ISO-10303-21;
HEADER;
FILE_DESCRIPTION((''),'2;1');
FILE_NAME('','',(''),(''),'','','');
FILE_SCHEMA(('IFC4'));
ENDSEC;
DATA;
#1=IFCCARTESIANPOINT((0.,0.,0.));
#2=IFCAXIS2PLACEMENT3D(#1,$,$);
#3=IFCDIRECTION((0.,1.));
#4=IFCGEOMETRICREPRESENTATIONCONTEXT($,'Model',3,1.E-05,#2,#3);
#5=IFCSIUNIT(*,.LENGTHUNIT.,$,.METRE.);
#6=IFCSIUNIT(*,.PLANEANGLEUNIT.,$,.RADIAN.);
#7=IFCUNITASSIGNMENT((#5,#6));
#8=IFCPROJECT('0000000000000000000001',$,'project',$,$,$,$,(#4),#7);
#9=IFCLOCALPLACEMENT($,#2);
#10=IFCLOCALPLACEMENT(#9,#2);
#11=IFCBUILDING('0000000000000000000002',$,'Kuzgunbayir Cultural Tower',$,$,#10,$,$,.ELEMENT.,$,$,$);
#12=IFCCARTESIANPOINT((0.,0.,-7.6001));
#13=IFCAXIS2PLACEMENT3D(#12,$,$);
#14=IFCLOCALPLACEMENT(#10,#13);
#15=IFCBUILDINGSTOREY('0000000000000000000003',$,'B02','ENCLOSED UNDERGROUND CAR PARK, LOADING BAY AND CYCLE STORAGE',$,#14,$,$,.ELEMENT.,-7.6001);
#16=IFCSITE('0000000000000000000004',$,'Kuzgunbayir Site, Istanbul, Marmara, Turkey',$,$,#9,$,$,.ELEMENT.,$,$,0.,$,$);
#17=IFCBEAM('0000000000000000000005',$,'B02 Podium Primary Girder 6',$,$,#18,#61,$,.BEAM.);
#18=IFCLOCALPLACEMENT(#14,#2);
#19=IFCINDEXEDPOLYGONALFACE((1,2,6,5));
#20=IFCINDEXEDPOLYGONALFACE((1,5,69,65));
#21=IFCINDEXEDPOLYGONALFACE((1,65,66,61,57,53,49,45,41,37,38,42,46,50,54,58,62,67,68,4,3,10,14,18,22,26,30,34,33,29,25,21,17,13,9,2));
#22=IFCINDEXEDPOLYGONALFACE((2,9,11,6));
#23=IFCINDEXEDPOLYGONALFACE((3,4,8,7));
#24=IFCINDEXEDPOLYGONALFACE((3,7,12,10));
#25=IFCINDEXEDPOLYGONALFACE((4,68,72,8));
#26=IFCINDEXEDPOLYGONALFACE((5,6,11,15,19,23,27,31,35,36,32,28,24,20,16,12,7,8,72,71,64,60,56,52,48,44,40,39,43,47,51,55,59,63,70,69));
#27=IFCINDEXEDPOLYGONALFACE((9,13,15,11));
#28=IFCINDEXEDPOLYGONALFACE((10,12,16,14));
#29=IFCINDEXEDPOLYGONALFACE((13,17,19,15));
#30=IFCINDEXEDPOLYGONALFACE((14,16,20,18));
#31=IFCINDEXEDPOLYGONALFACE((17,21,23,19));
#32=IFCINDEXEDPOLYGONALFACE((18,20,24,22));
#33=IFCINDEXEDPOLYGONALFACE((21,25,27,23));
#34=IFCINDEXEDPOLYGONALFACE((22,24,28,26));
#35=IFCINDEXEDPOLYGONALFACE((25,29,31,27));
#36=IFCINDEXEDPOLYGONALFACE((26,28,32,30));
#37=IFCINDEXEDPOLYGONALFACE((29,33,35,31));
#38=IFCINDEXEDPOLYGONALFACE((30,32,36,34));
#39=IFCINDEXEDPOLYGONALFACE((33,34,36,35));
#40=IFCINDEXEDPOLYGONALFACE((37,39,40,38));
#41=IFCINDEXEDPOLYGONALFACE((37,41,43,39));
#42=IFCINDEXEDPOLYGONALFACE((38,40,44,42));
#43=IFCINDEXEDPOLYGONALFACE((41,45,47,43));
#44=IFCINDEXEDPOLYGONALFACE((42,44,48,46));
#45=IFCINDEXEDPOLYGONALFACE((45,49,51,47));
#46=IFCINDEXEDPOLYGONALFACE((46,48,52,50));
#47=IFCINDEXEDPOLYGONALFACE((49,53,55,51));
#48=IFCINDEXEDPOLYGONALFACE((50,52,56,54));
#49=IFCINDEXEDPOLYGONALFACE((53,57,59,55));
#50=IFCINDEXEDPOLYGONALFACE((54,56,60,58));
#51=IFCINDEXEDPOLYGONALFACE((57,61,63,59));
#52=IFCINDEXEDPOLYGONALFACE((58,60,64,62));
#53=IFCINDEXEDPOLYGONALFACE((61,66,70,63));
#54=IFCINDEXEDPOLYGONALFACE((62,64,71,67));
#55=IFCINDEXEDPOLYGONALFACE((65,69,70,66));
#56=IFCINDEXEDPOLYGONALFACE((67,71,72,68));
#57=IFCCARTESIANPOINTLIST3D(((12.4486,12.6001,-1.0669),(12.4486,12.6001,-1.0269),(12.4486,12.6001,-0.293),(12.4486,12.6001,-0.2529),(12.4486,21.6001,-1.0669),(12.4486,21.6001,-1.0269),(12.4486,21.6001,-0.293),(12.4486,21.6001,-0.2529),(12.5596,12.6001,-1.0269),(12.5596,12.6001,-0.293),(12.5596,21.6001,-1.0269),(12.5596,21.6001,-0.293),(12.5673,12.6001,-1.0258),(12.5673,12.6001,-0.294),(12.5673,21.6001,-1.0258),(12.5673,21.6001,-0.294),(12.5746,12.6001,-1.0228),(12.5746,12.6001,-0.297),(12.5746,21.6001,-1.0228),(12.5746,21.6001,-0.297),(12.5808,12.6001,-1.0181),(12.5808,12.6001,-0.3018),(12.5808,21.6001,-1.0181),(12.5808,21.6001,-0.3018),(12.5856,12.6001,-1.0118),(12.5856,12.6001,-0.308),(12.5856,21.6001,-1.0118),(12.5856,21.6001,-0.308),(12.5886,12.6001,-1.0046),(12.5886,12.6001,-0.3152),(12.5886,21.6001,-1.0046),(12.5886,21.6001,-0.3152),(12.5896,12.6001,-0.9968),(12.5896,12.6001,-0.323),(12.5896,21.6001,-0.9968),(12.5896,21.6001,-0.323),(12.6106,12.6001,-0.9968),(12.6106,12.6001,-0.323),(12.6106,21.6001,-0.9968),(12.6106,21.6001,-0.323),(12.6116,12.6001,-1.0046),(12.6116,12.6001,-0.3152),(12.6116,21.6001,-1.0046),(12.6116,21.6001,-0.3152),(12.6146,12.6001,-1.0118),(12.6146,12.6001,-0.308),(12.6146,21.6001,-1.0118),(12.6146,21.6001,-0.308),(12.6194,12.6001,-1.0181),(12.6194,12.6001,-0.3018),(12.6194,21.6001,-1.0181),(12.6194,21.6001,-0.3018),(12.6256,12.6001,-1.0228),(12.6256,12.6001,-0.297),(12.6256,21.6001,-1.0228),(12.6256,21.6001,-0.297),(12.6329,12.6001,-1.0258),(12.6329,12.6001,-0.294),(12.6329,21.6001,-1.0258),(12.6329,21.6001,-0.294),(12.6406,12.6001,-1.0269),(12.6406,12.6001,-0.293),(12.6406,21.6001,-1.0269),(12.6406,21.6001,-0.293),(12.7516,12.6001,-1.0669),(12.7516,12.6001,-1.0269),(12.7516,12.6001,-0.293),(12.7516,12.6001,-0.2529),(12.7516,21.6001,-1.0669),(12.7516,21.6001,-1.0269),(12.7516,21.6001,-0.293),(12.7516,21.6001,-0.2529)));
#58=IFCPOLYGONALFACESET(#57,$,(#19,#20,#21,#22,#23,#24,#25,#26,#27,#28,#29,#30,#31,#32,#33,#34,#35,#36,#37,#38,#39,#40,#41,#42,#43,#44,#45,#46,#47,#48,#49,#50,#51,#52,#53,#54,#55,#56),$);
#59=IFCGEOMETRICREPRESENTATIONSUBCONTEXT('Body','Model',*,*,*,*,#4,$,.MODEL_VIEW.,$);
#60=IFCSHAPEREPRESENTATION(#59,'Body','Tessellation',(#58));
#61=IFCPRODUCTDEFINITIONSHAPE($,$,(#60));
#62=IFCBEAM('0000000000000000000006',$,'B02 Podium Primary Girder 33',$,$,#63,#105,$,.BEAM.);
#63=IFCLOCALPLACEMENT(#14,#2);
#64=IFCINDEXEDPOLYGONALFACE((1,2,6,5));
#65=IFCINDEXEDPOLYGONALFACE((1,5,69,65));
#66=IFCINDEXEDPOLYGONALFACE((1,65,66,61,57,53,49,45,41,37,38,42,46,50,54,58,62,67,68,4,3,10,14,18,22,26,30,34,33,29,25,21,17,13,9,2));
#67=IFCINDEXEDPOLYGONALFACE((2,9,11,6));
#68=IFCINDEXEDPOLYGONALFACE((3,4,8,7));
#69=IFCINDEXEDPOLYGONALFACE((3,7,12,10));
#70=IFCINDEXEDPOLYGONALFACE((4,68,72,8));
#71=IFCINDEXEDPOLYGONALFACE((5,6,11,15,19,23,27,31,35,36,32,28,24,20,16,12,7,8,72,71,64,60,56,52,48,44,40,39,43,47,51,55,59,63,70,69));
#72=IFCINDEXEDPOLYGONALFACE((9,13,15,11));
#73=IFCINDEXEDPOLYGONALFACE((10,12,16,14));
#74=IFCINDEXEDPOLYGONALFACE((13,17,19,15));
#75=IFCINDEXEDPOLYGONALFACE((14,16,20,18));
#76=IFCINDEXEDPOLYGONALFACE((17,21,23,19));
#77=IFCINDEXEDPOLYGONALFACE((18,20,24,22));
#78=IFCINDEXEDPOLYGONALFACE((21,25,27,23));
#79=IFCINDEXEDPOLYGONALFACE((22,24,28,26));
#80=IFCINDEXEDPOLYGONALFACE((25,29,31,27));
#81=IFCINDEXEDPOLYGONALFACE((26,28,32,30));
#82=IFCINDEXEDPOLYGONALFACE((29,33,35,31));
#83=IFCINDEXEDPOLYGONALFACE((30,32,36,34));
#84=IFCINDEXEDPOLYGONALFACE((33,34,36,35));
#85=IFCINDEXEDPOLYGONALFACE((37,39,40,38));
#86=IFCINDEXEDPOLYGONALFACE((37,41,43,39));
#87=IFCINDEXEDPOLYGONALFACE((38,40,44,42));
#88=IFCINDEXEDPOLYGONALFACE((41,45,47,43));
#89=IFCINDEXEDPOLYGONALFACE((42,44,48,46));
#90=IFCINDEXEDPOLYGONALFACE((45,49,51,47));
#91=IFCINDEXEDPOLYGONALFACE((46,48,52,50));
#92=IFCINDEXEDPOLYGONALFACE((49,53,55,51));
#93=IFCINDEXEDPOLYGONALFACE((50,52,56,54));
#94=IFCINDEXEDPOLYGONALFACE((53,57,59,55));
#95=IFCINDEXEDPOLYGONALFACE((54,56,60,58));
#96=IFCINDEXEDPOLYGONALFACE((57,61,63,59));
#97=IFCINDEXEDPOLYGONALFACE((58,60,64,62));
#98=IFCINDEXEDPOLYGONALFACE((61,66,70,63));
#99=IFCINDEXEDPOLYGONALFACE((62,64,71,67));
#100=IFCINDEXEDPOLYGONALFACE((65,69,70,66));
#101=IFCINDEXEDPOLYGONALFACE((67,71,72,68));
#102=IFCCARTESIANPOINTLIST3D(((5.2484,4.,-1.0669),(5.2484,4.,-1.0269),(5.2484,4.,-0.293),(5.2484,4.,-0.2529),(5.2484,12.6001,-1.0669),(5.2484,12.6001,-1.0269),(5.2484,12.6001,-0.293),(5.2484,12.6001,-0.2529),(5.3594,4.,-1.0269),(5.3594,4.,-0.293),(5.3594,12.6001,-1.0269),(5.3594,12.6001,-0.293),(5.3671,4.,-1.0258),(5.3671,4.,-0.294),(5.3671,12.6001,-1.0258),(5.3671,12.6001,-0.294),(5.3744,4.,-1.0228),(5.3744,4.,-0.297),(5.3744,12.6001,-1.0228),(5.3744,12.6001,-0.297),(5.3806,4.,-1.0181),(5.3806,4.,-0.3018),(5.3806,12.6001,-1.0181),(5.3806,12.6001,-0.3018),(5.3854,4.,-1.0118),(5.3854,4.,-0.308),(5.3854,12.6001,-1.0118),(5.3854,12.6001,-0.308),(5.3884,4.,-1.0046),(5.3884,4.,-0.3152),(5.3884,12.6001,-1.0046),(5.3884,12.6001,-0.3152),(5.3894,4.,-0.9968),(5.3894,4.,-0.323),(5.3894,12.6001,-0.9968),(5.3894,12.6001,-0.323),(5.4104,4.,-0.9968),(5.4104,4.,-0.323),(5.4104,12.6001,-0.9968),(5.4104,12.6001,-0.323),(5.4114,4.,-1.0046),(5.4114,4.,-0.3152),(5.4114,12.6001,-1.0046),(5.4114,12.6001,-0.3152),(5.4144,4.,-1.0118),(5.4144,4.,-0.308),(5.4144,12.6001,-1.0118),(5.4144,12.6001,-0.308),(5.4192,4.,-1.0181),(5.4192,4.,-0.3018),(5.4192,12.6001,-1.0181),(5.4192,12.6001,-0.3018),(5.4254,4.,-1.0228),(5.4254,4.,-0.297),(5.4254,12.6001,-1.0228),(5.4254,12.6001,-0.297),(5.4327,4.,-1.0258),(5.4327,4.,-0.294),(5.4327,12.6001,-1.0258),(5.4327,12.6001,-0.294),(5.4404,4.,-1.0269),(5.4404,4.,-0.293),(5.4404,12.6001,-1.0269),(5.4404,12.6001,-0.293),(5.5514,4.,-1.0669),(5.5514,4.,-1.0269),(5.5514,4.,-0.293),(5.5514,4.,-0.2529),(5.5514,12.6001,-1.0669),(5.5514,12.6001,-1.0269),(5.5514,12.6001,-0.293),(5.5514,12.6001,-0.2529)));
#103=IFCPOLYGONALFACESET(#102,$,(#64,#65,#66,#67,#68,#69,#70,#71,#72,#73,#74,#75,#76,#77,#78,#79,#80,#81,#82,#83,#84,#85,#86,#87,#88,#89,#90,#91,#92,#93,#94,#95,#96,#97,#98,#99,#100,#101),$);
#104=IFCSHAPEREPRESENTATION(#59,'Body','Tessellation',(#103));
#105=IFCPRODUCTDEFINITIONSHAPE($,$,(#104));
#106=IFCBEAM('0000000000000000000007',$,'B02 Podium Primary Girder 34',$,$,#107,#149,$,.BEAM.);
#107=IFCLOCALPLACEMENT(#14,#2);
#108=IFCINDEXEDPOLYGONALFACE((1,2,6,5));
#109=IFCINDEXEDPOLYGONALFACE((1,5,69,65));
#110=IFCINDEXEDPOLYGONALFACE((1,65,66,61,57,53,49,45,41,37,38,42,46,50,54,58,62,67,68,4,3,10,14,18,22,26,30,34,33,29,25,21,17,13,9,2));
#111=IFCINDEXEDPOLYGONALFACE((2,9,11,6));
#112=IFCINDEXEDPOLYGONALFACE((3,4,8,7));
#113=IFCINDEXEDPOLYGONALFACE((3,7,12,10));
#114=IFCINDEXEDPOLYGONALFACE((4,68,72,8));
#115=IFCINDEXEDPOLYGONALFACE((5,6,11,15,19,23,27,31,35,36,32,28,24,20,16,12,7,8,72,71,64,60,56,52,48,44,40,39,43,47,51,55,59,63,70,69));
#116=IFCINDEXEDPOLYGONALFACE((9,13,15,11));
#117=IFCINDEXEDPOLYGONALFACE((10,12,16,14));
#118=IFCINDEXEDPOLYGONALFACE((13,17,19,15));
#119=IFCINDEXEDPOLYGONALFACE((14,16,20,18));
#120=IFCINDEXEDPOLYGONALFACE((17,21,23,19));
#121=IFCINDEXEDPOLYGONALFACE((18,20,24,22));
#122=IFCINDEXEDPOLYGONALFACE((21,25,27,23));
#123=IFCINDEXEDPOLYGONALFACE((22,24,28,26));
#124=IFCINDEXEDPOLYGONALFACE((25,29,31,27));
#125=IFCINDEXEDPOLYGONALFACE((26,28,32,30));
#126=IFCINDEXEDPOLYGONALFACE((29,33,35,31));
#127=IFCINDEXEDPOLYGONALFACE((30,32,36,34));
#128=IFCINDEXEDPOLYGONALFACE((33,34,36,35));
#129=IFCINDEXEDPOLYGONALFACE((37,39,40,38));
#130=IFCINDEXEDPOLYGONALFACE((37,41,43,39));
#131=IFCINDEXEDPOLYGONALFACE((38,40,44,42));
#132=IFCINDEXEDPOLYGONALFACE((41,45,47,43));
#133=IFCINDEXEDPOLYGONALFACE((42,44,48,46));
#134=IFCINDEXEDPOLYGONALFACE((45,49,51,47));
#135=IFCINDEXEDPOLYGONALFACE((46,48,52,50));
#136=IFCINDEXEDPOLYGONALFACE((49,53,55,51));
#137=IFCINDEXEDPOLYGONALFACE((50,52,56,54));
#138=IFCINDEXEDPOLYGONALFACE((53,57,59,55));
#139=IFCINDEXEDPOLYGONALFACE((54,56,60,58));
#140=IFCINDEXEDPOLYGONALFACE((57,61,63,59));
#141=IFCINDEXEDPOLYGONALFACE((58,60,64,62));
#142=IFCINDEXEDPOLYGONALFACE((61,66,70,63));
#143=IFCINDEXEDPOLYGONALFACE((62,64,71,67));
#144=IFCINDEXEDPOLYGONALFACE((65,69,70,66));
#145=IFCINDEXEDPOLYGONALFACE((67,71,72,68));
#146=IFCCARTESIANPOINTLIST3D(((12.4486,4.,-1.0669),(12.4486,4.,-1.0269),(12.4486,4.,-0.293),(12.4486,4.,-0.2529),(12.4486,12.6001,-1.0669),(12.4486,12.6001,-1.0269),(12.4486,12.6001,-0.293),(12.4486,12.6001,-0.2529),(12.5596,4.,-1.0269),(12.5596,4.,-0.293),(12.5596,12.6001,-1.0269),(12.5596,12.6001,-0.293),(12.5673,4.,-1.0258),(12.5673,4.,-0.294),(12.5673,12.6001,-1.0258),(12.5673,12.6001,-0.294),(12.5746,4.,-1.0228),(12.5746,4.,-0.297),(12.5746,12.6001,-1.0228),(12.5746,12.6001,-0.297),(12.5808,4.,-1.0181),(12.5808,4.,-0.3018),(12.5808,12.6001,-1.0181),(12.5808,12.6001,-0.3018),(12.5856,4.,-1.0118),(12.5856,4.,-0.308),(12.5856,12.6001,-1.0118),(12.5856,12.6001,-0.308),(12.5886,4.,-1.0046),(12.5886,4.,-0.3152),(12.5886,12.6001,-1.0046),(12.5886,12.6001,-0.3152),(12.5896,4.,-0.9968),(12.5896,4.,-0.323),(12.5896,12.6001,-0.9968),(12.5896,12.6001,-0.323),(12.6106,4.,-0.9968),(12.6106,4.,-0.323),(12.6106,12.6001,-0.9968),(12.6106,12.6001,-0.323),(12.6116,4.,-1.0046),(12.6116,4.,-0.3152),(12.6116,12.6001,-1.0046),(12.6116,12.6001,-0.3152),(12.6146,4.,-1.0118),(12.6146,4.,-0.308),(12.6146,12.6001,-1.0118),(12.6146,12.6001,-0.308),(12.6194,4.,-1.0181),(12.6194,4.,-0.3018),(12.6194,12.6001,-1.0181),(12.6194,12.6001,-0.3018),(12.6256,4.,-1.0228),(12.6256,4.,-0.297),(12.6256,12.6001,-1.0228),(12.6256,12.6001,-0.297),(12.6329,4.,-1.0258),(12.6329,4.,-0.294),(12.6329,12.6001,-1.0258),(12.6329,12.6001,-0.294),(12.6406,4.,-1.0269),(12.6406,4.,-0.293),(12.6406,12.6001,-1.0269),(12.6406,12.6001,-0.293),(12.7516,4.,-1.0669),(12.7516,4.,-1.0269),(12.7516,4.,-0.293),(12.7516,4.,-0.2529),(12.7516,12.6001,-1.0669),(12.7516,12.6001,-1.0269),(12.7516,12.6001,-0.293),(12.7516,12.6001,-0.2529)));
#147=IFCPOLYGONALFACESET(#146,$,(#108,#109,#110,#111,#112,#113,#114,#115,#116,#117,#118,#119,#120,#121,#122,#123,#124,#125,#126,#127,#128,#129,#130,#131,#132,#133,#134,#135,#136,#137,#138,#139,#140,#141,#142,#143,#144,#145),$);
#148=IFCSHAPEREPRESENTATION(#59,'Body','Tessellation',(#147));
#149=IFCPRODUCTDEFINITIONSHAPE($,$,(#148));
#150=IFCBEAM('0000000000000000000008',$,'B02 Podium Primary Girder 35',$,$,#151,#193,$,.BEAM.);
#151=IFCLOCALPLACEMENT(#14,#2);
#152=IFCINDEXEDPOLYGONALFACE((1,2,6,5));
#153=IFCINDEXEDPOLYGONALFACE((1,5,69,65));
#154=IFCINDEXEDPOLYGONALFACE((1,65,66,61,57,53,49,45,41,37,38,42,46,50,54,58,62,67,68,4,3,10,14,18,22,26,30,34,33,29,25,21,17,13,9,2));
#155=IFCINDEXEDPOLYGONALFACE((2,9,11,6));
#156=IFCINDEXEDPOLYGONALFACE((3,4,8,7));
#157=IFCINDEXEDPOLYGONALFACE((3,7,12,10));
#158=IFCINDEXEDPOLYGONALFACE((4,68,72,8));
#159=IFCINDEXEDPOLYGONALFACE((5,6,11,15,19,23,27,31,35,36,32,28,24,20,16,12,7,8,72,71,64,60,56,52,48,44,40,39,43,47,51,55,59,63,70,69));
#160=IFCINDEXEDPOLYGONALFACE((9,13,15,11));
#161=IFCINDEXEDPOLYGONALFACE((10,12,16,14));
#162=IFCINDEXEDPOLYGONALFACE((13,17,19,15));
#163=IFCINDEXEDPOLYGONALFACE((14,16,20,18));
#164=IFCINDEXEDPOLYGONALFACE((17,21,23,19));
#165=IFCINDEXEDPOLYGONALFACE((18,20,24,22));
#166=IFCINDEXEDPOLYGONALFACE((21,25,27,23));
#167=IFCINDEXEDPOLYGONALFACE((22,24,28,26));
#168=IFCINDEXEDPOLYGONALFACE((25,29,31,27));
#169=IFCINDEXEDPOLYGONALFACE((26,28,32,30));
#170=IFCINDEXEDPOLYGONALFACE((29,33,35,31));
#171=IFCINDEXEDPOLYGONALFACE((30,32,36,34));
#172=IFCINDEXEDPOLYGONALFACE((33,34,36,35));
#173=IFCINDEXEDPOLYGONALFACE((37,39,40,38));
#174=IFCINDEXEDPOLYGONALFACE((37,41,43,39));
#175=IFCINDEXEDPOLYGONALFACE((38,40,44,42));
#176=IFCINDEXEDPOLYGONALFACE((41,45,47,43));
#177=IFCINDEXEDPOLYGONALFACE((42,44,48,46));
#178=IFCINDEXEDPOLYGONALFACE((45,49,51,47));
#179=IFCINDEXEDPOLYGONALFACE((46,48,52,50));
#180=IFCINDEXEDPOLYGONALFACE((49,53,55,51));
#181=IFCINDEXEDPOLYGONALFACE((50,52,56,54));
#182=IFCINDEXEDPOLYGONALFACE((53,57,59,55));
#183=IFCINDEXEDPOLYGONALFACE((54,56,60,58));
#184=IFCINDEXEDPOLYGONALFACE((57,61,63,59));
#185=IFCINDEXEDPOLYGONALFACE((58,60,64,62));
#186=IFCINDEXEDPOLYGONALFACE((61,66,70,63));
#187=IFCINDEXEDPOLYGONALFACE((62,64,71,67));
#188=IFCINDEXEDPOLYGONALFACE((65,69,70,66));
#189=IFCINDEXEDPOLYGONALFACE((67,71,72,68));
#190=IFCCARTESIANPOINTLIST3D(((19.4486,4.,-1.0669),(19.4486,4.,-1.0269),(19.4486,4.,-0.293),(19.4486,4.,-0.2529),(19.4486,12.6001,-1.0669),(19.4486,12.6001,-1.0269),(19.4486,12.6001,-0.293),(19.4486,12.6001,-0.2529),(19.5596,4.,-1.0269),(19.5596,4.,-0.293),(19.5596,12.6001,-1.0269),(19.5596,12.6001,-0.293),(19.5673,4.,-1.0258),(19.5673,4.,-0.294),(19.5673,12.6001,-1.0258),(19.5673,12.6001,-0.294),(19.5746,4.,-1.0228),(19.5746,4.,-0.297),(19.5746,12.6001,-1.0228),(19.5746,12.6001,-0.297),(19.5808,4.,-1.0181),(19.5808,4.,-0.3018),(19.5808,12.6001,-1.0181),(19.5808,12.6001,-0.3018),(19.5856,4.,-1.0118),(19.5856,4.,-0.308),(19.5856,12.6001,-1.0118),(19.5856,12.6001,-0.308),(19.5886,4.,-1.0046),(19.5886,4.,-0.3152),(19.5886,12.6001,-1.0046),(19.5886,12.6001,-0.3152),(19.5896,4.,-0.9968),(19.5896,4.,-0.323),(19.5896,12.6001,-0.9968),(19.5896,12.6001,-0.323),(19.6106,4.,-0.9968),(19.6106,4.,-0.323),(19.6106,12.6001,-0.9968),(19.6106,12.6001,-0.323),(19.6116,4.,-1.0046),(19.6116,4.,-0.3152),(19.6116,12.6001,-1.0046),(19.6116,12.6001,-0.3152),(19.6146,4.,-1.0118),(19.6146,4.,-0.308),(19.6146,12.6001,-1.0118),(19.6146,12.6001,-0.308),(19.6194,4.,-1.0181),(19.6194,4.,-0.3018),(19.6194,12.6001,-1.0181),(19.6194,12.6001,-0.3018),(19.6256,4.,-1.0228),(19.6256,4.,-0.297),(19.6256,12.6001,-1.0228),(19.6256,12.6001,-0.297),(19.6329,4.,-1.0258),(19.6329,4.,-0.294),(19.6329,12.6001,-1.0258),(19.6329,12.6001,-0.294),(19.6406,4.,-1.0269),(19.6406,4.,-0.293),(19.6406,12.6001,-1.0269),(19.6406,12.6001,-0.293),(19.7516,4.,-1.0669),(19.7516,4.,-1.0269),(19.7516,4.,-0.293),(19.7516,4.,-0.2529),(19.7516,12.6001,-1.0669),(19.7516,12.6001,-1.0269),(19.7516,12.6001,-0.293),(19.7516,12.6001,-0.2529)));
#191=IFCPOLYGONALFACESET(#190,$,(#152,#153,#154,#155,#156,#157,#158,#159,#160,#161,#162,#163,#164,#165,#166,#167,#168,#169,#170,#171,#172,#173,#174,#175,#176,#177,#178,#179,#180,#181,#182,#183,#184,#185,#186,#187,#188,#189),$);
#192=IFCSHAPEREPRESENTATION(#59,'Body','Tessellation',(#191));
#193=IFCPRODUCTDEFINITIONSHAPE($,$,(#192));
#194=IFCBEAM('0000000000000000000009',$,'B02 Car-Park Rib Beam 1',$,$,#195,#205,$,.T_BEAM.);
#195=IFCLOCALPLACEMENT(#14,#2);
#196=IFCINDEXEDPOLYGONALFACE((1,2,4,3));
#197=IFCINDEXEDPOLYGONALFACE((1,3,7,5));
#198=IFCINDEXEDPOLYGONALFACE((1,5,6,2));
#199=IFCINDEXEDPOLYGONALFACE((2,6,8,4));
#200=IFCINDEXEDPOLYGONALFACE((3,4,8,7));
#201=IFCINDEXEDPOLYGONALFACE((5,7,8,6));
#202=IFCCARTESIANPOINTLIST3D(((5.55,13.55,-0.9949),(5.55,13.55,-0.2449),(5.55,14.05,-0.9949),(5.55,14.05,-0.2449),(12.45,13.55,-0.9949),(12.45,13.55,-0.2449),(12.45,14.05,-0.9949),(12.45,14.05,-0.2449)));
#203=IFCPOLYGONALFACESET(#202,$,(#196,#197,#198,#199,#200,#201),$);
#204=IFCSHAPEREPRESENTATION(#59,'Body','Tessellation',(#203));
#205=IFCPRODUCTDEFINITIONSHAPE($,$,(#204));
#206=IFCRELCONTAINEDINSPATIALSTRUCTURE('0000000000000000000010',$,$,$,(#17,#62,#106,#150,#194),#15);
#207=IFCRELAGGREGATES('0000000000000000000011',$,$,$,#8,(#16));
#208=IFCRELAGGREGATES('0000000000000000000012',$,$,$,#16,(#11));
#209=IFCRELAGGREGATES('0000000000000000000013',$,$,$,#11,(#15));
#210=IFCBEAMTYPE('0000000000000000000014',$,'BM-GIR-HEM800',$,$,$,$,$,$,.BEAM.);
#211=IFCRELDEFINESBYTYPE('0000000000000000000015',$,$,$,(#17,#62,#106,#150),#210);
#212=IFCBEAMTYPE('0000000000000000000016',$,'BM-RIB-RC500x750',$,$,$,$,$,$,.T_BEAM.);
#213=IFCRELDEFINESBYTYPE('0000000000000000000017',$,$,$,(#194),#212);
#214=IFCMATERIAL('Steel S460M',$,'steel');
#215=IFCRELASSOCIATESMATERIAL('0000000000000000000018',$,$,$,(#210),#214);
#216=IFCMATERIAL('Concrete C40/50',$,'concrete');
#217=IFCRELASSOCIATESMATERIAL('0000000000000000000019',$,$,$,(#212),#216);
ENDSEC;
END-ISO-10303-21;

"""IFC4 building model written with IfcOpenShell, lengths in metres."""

from ifc_helpers import new_model, si_unit, direction, frame, origin, origin_2d, place, context, subcontext, project, spatial, rectangle, i_section, extrude, material, material_profile, profile_set, type_object, element, save


model = new_model("IFC4")

# Units and contexts
model_context = context("Model", 3, precision=1e-05, world=origin(), true_north=direction((0.0, 1.0)))
body_context = subcontext(model_context, "Body", "Model", "MODEL_VIEW")
ifc_project = project(units=[si_unit("LENGTHUNIT", "METRE"), si_unit("PLANEANGLEUNIT", "RADIAN")], contexts=[model_context])

# Site, building, storey
site_placement = place(None, origin())
site = spatial("IfcSite", under=ifc_project, at=site_placement, Name="Kuzgunbayir Site, Istanbul, Marmara, Turkey", CompositionType="ELEMENT", RefElevation=0.0)
building_placement = place(site_placement, origin())
building = spatial("IfcBuilding", under=site, at=building_placement, Name="Kuzgunbayir Cultural Tower", CompositionType="ELEMENT")
storey_placement = place(building_placement, frame((0.0, 0.0, -7.6001)))
storey = spatial("IfcBuildingStorey", under=building, at=storey_placement, Name="B02", Description="ENCLOSED UNDERGROUND CAR PARK, LOADING BAY AND CYCLE STORAGE", CompositionType="ELEMENT", Elevation=-7.6001)

# Beams
ifc_material_1 = material(Name="Steel S460M", Category="steel")
ifc_material_profile_1 = material_profile(ifc_material_1, i_section(OverallWidth=0.303, OverallDepth=0.814, WebThickness=0.021, FlangeThickness=0.04, FilletRadius=0.03, at=origin_2d()), Name="HEM 800")
ifc_profile_set_1 = profile_set([ifc_material_profile_1], Name="Steel S460M")
beam_type_1 = type_object("IfcBeamType", Name="BM-GIR-HEM800", PredefinedType="BEAM", material=ifc_profile_set_1)
beam_1_placement = place(storey_placement, frame((12.6001, 12.6001, -0.6599), z_axis=(0.0, 1.0, 0.0), x_axis=(-1.0, 0.0, 0.0)))
element("IfcBeam", 1, at=beam_1_placement, inside=storey, type_object=beam_type_1, Name="B02 Podium Primary Girder 6", PredefinedType="BEAM", context=body_context, shape_type="SweptSolid", body=[
    extrude(i_section(OverallWidth=0.303, OverallDepth=0.814, WebThickness=0.021, FlangeThickness=0.04, FilletRadius=0.03, at=origin_2d()), origin(), (0.0, 0.0, 1.0), 9.0),
])
for number, where, z_axis, x_axis, name in (
    (2, (5.3999, 4.0, -0.6599), (0.0, 1.0, 0.0), (-1.0, 0.0, 0.0), "B02 Podium Primary Girder 33"),
    (3, (12.6001, 4.0, -0.6599), (0.0, 1.0, 0.0), (-1.0, 0.0, 0.0), "B02 Podium Primary Girder 34"),
    (4, (19.6001, 4.0, -0.6599), (0.0, 1.0, 0.0), (-1.0, 0.0, 0.0), "B02 Podium Primary Girder 35"),
):
    element("IfcBeam", number, at=place(storey_placement, frame(where, z_axis=z_axis, x_axis=x_axis)), inside=storey, type_object=beam_type_1, Name=name, PredefinedType="BEAM", context=body_context, shape_type="SweptSolid", body=[
        extrude(i_section(OverallWidth=0.303, OverallDepth=0.814, WebThickness=0.021, FlangeThickness=0.04, FilletRadius=0.03, at=origin_2d()), origin(), (0.0, 0.0, 1.0), 8.6001),
    ])
ifc_material_2 = material(Name="Concrete C40/50", Category="concrete")
ifc_material_profile_2 = material_profile(ifc_material_2, rectangle(XDim=0.5, YDim=0.75, at=origin_2d()), Name="RC 500x750")
ifc_profile_set_2 = profile_set([ifc_material_profile_2], Name="Concrete C40/50")
beam_type_2 = type_object("IfcBeamType", Name="BM-RIB-RC500x750", PredefinedType="T_BEAM", material=ifc_profile_set_2)
beam_2_placement = place(storey_placement, frame((5.55, 13.8, -0.6199), z_axis=(1.0, 0.0, 0.0), x_axis=(0.0, 1.0, 0.0)))
element("IfcBeam", 5, at=beam_2_placement, inside=storey, type_object=beam_type_2, Name="B02 Car-Park Rib Beam 1", PredefinedType="T_BEAM", context=body_context, shape_type="SweptSolid", body=[
    extrude(rectangle(XDim=0.5, YDim=0.75, at=origin_2d()), origin(), (0.0, 0.0, 1.0), 6.8999),
])

save(model, "model.ifc")
